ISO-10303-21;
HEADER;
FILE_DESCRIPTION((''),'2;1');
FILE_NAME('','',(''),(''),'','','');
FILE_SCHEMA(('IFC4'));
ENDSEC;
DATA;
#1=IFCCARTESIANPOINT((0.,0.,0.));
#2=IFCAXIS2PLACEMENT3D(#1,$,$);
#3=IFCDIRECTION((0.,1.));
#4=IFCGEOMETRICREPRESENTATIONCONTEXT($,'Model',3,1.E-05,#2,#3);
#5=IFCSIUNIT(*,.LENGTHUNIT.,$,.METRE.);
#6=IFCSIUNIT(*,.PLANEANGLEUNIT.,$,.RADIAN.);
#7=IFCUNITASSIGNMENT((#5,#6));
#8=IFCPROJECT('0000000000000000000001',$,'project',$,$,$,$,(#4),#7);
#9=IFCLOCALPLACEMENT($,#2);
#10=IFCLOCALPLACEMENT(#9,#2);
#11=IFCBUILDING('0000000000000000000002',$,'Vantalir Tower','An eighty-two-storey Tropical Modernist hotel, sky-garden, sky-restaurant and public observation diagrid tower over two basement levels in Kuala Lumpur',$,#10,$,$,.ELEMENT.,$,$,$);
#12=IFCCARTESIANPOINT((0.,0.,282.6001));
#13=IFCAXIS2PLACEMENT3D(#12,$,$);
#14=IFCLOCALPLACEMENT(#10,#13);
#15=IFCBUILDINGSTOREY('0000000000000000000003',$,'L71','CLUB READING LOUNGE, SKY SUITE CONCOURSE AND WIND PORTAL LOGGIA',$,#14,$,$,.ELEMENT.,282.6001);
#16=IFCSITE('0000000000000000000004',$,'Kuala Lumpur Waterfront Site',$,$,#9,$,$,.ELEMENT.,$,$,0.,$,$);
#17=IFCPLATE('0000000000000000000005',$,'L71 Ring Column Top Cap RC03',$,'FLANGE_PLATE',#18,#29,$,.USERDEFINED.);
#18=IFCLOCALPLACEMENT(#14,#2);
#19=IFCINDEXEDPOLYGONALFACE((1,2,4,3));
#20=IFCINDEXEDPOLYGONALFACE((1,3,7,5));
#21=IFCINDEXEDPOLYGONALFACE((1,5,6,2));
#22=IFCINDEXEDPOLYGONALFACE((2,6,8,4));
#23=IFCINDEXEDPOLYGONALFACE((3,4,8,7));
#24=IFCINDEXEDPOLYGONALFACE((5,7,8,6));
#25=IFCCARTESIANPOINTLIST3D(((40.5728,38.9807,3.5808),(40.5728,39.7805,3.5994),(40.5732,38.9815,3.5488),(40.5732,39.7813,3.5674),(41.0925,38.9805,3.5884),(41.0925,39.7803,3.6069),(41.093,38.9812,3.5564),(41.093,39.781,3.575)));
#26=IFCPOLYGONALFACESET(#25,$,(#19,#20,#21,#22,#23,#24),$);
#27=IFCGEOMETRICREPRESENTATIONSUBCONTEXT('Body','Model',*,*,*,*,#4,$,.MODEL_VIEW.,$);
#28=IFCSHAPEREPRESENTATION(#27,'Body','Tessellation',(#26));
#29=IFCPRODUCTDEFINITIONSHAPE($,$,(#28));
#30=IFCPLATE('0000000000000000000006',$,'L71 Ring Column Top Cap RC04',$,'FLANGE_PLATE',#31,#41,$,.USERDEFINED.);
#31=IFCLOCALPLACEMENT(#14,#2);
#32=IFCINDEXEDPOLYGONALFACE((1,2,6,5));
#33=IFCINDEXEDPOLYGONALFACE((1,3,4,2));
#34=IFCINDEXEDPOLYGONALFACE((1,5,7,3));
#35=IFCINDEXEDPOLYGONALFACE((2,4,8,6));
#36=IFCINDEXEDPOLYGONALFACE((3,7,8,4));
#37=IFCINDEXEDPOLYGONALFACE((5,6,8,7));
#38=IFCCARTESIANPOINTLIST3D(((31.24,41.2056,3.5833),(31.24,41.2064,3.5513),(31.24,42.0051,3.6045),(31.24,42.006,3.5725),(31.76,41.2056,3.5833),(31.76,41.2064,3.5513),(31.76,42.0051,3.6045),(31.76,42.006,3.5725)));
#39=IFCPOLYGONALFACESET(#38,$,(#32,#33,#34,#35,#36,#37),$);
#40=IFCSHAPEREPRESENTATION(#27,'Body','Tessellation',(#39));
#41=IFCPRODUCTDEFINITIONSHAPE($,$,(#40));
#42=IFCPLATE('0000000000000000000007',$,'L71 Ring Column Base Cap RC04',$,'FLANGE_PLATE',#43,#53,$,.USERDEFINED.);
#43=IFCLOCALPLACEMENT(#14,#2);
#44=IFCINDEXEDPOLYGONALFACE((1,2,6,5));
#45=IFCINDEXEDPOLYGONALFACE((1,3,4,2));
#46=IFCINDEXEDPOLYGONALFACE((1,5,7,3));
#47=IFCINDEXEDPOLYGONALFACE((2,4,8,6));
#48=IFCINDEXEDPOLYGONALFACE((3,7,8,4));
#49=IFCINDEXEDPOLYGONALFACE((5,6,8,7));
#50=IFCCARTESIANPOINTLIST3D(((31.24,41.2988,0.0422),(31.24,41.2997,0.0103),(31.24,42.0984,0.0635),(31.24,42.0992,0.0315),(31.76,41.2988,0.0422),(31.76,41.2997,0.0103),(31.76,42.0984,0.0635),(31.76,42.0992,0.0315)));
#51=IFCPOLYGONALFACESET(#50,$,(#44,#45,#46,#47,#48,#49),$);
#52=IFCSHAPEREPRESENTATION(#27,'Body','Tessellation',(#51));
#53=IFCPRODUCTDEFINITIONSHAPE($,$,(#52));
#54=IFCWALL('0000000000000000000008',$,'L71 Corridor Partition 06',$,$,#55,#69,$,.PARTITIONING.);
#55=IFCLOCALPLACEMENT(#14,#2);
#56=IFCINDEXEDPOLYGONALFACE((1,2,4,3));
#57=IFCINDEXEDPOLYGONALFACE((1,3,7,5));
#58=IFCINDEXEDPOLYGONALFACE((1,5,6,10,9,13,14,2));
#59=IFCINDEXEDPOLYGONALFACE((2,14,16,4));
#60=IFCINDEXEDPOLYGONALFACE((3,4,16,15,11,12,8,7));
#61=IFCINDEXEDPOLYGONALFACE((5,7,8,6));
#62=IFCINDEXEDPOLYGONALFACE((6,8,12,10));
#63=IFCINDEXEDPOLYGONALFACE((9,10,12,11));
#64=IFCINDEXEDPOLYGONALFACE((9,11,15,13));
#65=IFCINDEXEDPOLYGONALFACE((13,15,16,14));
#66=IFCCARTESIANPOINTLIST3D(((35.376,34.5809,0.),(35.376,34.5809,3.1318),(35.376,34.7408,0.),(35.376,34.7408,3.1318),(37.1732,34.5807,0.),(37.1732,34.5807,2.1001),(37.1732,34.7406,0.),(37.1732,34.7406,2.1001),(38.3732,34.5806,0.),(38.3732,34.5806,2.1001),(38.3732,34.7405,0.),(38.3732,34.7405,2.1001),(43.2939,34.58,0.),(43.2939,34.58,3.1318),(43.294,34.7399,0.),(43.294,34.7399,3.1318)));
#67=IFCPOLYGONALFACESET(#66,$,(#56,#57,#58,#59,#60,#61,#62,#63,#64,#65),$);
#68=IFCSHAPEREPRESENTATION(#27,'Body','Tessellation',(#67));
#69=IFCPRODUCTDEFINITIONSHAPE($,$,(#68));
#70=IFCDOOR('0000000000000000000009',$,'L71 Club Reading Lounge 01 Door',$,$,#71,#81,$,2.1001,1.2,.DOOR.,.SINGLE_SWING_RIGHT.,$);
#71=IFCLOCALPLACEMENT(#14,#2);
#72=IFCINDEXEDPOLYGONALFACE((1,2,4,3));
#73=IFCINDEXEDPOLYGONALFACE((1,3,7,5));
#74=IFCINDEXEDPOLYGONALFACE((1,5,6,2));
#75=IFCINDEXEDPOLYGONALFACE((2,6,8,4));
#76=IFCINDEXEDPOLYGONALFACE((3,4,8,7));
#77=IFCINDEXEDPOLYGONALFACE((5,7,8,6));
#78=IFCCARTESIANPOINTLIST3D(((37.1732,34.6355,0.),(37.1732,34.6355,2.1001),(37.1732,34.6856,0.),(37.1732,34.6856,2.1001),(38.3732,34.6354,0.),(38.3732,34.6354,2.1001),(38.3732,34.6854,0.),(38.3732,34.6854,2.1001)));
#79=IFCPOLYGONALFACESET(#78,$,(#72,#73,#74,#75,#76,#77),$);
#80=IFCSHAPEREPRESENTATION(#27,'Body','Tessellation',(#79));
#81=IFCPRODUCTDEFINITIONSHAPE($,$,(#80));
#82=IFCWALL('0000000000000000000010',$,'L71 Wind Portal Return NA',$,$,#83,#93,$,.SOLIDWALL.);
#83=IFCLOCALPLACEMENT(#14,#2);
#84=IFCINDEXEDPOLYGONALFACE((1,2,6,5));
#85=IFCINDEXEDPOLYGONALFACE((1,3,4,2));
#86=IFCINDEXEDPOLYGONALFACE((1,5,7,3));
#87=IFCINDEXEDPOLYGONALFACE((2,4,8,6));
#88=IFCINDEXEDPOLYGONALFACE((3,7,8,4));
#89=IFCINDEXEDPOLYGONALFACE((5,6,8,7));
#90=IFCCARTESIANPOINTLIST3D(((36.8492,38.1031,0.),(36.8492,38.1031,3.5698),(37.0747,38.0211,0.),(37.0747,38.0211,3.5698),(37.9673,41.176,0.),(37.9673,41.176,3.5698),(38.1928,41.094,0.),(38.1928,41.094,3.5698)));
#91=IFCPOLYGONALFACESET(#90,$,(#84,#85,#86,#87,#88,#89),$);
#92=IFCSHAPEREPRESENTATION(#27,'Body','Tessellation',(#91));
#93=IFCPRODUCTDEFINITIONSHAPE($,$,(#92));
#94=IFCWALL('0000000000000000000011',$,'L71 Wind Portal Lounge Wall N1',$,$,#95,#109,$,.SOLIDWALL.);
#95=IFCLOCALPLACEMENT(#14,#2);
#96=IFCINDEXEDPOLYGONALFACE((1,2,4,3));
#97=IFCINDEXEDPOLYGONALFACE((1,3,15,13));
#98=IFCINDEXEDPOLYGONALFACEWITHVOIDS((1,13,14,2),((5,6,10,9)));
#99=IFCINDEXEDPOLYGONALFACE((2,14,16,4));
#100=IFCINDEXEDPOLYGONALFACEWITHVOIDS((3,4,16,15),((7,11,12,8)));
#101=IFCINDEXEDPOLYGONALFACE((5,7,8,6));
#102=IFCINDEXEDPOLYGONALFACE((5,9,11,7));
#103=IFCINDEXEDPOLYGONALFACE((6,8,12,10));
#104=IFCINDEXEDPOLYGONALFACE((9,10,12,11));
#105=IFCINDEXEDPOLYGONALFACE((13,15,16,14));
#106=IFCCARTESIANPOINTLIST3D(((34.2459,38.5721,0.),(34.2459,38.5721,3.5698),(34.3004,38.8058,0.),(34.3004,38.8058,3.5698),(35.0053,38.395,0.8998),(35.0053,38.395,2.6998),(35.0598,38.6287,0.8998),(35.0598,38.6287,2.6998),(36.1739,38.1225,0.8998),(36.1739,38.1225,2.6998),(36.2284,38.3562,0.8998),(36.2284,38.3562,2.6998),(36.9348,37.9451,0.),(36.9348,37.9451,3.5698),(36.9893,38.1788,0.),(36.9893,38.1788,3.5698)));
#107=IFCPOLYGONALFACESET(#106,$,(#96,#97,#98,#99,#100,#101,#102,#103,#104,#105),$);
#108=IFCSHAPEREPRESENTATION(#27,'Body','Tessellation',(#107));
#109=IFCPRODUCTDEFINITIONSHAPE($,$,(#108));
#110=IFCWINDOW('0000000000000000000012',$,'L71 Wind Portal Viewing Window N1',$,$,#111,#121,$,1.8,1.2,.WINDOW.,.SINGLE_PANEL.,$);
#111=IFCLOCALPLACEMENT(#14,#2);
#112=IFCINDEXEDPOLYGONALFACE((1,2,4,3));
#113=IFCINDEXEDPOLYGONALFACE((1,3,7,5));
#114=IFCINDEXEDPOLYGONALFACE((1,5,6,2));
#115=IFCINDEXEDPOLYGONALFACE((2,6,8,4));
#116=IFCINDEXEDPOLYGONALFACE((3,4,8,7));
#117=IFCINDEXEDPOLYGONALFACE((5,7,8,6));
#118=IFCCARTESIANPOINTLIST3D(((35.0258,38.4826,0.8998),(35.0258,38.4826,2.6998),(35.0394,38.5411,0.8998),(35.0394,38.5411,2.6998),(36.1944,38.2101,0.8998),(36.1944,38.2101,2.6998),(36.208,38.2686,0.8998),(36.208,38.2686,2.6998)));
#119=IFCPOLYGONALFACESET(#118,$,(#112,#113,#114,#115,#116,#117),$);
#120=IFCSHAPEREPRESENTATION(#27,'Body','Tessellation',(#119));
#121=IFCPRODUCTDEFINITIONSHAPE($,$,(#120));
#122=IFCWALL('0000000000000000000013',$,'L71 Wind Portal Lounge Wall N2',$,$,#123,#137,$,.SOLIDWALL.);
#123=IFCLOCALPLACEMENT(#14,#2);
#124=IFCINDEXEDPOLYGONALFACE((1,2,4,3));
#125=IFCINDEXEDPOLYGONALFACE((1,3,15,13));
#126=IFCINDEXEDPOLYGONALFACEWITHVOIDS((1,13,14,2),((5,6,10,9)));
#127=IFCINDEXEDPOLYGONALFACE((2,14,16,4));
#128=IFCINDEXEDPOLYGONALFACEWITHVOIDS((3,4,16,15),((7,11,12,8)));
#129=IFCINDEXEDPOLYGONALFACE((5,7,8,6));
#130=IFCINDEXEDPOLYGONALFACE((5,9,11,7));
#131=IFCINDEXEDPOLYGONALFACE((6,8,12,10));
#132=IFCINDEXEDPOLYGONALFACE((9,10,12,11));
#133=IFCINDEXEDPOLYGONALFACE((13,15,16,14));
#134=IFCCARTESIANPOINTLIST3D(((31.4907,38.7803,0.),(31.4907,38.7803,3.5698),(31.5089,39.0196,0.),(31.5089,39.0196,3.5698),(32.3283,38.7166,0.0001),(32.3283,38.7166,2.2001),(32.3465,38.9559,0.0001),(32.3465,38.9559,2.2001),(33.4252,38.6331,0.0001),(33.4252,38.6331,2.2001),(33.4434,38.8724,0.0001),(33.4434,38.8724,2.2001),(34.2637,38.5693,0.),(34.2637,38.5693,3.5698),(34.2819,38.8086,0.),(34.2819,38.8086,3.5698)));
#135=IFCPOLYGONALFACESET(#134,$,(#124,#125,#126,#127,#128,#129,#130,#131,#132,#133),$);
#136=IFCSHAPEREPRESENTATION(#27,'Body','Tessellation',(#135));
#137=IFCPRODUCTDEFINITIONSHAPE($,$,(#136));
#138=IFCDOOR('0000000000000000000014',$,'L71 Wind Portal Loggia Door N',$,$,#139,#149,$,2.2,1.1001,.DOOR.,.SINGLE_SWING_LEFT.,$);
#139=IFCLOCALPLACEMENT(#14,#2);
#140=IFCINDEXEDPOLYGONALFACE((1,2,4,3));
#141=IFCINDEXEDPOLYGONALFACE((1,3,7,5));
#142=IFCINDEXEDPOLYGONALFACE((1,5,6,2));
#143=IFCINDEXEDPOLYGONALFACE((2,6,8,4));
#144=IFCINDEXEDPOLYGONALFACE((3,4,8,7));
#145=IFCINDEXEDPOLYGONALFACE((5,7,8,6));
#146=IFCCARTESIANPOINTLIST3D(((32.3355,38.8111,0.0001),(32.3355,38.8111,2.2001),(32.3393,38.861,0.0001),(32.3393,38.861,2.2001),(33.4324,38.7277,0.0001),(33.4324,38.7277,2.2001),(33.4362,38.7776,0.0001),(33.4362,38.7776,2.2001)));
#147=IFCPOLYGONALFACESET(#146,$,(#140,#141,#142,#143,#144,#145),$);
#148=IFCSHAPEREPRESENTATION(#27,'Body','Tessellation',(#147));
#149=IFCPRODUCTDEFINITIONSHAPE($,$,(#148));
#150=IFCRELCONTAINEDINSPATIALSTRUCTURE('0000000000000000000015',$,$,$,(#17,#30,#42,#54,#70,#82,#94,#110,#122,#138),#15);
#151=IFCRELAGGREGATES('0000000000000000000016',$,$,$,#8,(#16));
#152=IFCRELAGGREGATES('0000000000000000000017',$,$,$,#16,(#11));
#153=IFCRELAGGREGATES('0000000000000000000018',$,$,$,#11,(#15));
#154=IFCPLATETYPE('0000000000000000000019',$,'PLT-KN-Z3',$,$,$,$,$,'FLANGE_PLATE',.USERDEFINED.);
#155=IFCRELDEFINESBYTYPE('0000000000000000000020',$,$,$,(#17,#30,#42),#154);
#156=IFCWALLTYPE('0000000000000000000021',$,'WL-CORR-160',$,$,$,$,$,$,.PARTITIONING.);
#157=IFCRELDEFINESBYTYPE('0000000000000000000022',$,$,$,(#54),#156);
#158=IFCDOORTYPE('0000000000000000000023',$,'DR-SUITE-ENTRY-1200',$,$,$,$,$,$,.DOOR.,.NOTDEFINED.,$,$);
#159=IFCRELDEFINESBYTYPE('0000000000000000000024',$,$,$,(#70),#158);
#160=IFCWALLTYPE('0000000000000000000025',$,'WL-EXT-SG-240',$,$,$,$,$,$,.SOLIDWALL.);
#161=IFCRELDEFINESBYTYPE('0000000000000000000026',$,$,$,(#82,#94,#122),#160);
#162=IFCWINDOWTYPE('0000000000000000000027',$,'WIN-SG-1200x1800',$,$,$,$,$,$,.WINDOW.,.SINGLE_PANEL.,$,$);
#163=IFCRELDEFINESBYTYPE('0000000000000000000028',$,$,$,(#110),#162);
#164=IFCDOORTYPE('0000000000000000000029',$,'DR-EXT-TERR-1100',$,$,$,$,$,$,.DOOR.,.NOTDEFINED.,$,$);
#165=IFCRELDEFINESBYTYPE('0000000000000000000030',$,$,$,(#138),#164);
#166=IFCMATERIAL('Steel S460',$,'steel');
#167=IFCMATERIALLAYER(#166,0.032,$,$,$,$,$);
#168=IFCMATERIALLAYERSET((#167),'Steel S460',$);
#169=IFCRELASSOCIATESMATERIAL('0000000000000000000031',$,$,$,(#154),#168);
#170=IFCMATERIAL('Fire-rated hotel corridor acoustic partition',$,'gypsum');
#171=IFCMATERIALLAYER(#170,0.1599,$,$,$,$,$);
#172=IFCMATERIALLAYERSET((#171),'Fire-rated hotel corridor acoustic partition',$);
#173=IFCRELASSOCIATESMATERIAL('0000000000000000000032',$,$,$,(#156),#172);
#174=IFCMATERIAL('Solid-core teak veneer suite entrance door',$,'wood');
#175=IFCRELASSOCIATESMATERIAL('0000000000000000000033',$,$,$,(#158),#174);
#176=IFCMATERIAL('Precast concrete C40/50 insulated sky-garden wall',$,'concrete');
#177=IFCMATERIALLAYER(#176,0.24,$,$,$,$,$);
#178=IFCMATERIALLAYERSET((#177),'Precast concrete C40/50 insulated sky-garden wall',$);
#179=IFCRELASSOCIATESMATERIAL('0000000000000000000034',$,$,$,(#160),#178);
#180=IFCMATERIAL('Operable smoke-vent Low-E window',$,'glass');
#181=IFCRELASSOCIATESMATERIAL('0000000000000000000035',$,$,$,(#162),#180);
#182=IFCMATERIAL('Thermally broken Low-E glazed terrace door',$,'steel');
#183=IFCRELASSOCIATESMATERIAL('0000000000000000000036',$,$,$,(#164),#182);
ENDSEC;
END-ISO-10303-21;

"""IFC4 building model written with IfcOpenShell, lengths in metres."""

from ifc_helpers import new_model, si_unit, direction, frame, frame_2d, origin, place, context, subcontext, project, spatial, polyline, rectangle, outline, extrude, material, layer, layer_set, type_object, element, fill, save


model = new_model("IFC4")

# Units and contexts
model_context = context("Model", 3, precision=1e-05, world=origin(), true_north=direction((0.0, 1.0)))
body_context = subcontext(model_context, "Body", "Model", "MODEL_VIEW")
ifc_project = project(units=[si_unit("LENGTHUNIT", "METRE"), si_unit("PLANEANGLEUNIT", "RADIAN")], contexts=[model_context])

# Site, building, storey
site_placement = place(None, origin())
site = spatial("IfcSite", under=ifc_project, at=site_placement, Name="Kuala Lumpur Waterfront Site", CompositionType="ELEMENT", RefElevation=0.0)
building_placement = place(site_placement, origin())
building = spatial("IfcBuilding", under=site, at=building_placement, Name="Vantalir Tower", Description="An eighty-two-storey Tropical Modernist hotel, sky-garden, sky-restaurant and public observation diagrid tower over two basement levels in Kuala Lumpur", CompositionType="ELEMENT")
storey_placement = place(building_placement, frame((0.0, 0.0, 282.6001)))
storey = spatial("IfcBuildingStorey", under=building, at=storey_placement, Name="L71", Description="CLUB READING LOUNGE, SKY SUITE CONCOURSE AND WIND PORTAL LOGGIA", CompositionType="ELEMENT", Elevation=282.6001)

# Shared definitions
ifc_material_1 = material(Name="Steel S460", Category="steel")

# Plates
ifc_layer_1 = layer(ifc_material_1, 0.032)
ifc_layer_set_1 = layer_set([ifc_layer_1], Name="Steel S460")
plate_type_1 = type_object("IfcPlateType", Name="PLT-KN-Z3", ElementType="FLANGE_PLATE", PredefinedType="USERDEFINED", material=ifc_layer_set_1)
plate_1_placement = place(storey_placement, frame((40.5728, 39.7805, 3.5994), z_axis=(-0.014566, -0.02319, 0.999625), x_axis=(0.0, -0.999731, -0.023193)))
element("IfcPlate", 1, at=plate_1_placement, inside=storey, type_object=plate_type_1, Name="L71 Ring Column Top Cap RC03", ObjectType="FLANGE_PLATE", PredefinedType="USERDEFINED", context=body_context, shape_type="SweptSolid", body=[
    extrude(outline(polyline([(0.0, 0.0), (0.8, 0.0), (0.8001, 0.5198), (0.0001, 0.5198), (0.0, 0.0)])), origin(), (0.0, 0.0, -1.0), 0.032),
])
for number, where, z_axis, x_axis, name in (
    (2, (31.24, 42.0051, 3.6045), (0.0, -0.026556, 0.999647), (0.0, -0.999647, -0.026556), "L71 Ring Column Top Cap RC04"),
    (3, (31.24, 42.0984, 0.0635), (0.0, -0.026556, 0.999647), (0.0, -0.999647, -0.026556), "L71 Ring Column Base Cap RC04"),
):
    element("IfcPlate", number, at=place(storey_placement, frame(where, z_axis=z_axis, x_axis=x_axis)), inside=storey, type_object=plate_type_1, Name=name, ObjectType="FLANGE_PLATE", PredefinedType="USERDEFINED", context=body_context, shape_type="SweptSolid", body=[
        extrude(outline(polyline([(0.0, 0.0), (0.7998, 0.0), (0.7998, 0.52), (0.0, 0.52), (0.0, 0.0)])), origin(), (0.0, 0.0, -1.0), 0.032),
    ])

# Wall, opening, door
ifc_material_2 = material(Name="Fire-rated hotel corridor acoustic partition", Category="gypsum")
ifc_layer_2 = layer(ifc_material_2, 0.1599)
ifc_layer_set_2 = layer_set([ifc_layer_2], Name="Fire-rated hotel corridor acoustic partition")
wall_type_1 = type_object("IfcWallType", Name="WL-CORR-160", PredefinedType="PARTITIONING", material=ifc_layer_set_2)
wall_1_placement = place(storey_placement, frame((35.376, 34.6609, 0.0), z_axis=(0.0, 0.0, 1.0), x_axis=(1.0, -0.000123, 0.0)))
wall_1 = element("IfcWall", 4, at=wall_1_placement, inside=storey, type_object=wall_type_1, Name="L71 Corridor Partition 06", PredefinedType="PARTITIONING", context=body_context, shape_type="SweptSolid", body=[
    extrude(rectangle(XDim=7.918, YDim=0.1599, at=frame_2d((3.959, 0.0))), origin(), (0.0, 0.0, 1.0), 3.1318),
])
opening_1_placement = place(wall_1_placement, frame((1.7971, 0.0, 0.0)))
opening_1 = element("IfcOpeningElement", 5, at=opening_1_placement, cuts=wall_1, PredefinedType="OPENING", context=body_context, shape_type="SweptSolid", body=[
    extrude(rectangle(XDim=1.2, YDim=2.1001, at=frame_2d((0.6001, 1.05))), frame((0.0, 0.0898, 0.0), z_axis=(0.0, -1.0, 0.0), x_axis=(1.0, 0.0, 0.0)), (0.0, 0.0, 1.0), 0.1799),
])
ifc_material_3 = material(Name="Solid-core teak veneer suite entrance door", Category="wood")
door_type_1 = type_object("IfcDoorType", Name="DR-SUITE-ENTRY-1200", OperationType="NOTDEFINED", PredefinedType="DOOR", material=ifc_material_3)
door_1_placement = place(opening_1_placement, origin())
door_1 = element("IfcDoor", 6, at=door_1_placement, inside=storey, type_object=door_type_1, Name="L71 Club Reading Lounge 01 Door", OperationType="SINGLE_SWING_RIGHT", OverallHeight=2.1001, OverallWidth=1.2, PredefinedType="DOOR", context=body_context, shape_type="SweptSolid", body=[
    extrude(rectangle(XDim=1.2, YDim=2.1001, at=frame_2d((0.6001, 1.05))), frame((0.0, 0.0249, 0.0), z_axis=(0.0, -1.0, 0.0), x_axis=(1.0, 0.0, 0.0)), (0.0, 0.0, 1.0), 0.05),
])
fill(opening_1, door_1)

# Wall
ifc_material_4 = material(Name="Precast concrete C40/50 insulated sky-garden wall", Category="concrete")
ifc_layer_3 = layer(ifc_material_4, 0.24)
ifc_layer_set_3 = layer_set([ifc_layer_3], Name="Precast concrete C40/50 insulated sky-garden wall")
wall_type_2 = type_object("IfcWallType", Name="WL-EXT-SG-240", PredefinedType="SOLIDWALL", material=ifc_layer_set_3)
wall_2_placement = place(storey_placement, frame((38.0801, 41.135, 0.0), z_axis=(0.0, 0.0, 1.0), x_axis=(-0.341935, -0.939724, 0.0)))
element("IfcWall", 7, at=wall_2_placement, inside=storey, type_object=wall_type_2, Name="L71 Wind Portal Return NA", PredefinedType="SOLIDWALL", context=body_context, shape_type="SweptSolid", body=[
    extrude(rectangle(XDim=3.27, YDim=0.24, at=frame_2d((1.635, 0.0))), origin(), (0.0, 0.0, 1.0), 3.5698),
])

# Wall, opening, window
wall_3_placement = place(storey_placement, frame((36.9619, 38.062, 0.0), z_axis=(0.0, 0.0, 1.0), x_axis=(-0.973879, 0.227067, 0.0)))
wall_3 = element("IfcWall", 8, at=wall_3_placement, inside=storey, type_object=wall_type_2, Name="L71 Wind Portal Lounge Wall N1", PredefinedType="SOLIDWALL", context=body_context, shape_type="SweptSolid", body=[
    extrude(rectangle(XDim=2.761, YDim=0.24, at=frame_2d((1.3804, 0.0))), origin(), (0.0, 0.0, 1.0), 3.5698),
])
opening_2_placement = place(wall_3_placement, frame((0.781, 0.0, 0.8999)))
opening_2 = element("IfcOpeningElement", 9, at=opening_2_placement, cuts=wall_3, PredefinedType="OPENING", context=body_context, shape_type="SweptSolid", body=[
    extrude(rectangle(XDim=1.2, YDim=1.8, at=frame_2d((0.6001, 0.8999))), frame((0.0, 0.1299, 0.0), z_axis=(0.0, -1.0, 0.0), x_axis=(1.0, 0.0, 0.0)), (0.0, 0.0, 1.0), 0.26),
])
ifc_material_5 = material(Name="Operable smoke-vent Low-E window", Category="glass")
window_type = type_object("IfcWindowType", Name="WIN-SG-1200x1800", PartitioningType="SINGLE_PANEL", PredefinedType="WINDOW", material=ifc_material_5)
window_1_placement = place(opening_2_placement, origin())
window_1 = element("IfcWindow", 10, at=window_1_placement, inside=storey, type_object=window_type, Name="L71 Wind Portal Viewing Window N1", OverallHeight=1.8, OverallWidth=1.2, PartitioningType="SINGLE_PANEL", PredefinedType="WINDOW", context=body_context, shape_type="SweptSolid", body=[
    extrude(rectangle(XDim=1.2, YDim=1.8, at=frame_2d((0.6001, 0.8999))), frame((0.0, 0.03, 0.0), z_axis=(0.0, -1.0, 0.0), x_axis=(1.0, 0.0, 0.0)), (0.0, 0.0, 1.0), 0.0601),
])
fill(opening_2, window_1)

# Wall, opening, door
wall_4_placement = place(storey_placement, frame((34.2729, 38.689, 0.0), z_axis=(0.0, 0.0, 1.0), x_axis=(-0.997119, 0.075851, 0.0)))
wall_4 = element("IfcWall", 11, at=wall_4_placement, inside=storey, type_object=wall_type_2, Name="L71 Wind Portal Lounge Wall N2", PredefinedType="SOLIDWALL", context=body_context, shape_type="SweptSolid", body=[
    extrude(rectangle(XDim=2.781, YDim=0.24, at=frame_2d((1.3906, 0.0))), origin(), (0.0, 0.0, 1.0), 3.5698),
])
opening_3_placement = place(wall_4_placement, frame((0.8411, 0.0, 0.0)))
opening_3 = element("IfcOpeningElement", 12, at=opening_3_placement, cuts=wall_4, PredefinedType="OPENING", context=body_context, shape_type="SweptSolid", body=[
    extrude(rectangle(XDim=1.1001, YDim=2.2, at=frame_2d((0.55, 1.1001))), frame((0.0, 0.1299, 0.0), z_axis=(0.0, -1.0, 0.0), x_axis=(1.0, 0.0, 0.0)), (0.0, 0.0, 1.0), 0.26),
])
ifc_material_6 = material(Name="Thermally broken Low-E glazed terrace door", Category="steel")
door_type_2 = type_object("IfcDoorType", Name="DR-EXT-TERR-1100", OperationType="NOTDEFINED", PredefinedType="DOOR", material=ifc_material_6)
door_2_placement = place(opening_3_placement, frame((1.1001, 0.0, 0.0), z_axis=(0.0, 0.0, 1.0), x_axis=(-1.0, 0.0, 0.0)))
door_2 = element("IfcDoor", 13, at=door_2_placement, inside=storey, type_object=door_type_2, Name="L71 Wind Portal Loggia Door N", OperationType="SINGLE_SWING_LEFT", OverallHeight=2.2, OverallWidth=1.1001, PredefinedType="DOOR", context=body_context, shape_type="SweptSolid", body=[
    extrude(rectangle(XDim=1.1001, YDim=2.2, at=frame_2d((0.55, 1.1001))), frame((0.0, 0.0249, 0.0), z_axis=(0.0, -1.0, 0.0), x_axis=(1.0, 0.0, 0.0)), (0.0, 0.0, 1.0), 0.05),
])
fill(opening_3, door_2)

save(model, "model.ifc")
